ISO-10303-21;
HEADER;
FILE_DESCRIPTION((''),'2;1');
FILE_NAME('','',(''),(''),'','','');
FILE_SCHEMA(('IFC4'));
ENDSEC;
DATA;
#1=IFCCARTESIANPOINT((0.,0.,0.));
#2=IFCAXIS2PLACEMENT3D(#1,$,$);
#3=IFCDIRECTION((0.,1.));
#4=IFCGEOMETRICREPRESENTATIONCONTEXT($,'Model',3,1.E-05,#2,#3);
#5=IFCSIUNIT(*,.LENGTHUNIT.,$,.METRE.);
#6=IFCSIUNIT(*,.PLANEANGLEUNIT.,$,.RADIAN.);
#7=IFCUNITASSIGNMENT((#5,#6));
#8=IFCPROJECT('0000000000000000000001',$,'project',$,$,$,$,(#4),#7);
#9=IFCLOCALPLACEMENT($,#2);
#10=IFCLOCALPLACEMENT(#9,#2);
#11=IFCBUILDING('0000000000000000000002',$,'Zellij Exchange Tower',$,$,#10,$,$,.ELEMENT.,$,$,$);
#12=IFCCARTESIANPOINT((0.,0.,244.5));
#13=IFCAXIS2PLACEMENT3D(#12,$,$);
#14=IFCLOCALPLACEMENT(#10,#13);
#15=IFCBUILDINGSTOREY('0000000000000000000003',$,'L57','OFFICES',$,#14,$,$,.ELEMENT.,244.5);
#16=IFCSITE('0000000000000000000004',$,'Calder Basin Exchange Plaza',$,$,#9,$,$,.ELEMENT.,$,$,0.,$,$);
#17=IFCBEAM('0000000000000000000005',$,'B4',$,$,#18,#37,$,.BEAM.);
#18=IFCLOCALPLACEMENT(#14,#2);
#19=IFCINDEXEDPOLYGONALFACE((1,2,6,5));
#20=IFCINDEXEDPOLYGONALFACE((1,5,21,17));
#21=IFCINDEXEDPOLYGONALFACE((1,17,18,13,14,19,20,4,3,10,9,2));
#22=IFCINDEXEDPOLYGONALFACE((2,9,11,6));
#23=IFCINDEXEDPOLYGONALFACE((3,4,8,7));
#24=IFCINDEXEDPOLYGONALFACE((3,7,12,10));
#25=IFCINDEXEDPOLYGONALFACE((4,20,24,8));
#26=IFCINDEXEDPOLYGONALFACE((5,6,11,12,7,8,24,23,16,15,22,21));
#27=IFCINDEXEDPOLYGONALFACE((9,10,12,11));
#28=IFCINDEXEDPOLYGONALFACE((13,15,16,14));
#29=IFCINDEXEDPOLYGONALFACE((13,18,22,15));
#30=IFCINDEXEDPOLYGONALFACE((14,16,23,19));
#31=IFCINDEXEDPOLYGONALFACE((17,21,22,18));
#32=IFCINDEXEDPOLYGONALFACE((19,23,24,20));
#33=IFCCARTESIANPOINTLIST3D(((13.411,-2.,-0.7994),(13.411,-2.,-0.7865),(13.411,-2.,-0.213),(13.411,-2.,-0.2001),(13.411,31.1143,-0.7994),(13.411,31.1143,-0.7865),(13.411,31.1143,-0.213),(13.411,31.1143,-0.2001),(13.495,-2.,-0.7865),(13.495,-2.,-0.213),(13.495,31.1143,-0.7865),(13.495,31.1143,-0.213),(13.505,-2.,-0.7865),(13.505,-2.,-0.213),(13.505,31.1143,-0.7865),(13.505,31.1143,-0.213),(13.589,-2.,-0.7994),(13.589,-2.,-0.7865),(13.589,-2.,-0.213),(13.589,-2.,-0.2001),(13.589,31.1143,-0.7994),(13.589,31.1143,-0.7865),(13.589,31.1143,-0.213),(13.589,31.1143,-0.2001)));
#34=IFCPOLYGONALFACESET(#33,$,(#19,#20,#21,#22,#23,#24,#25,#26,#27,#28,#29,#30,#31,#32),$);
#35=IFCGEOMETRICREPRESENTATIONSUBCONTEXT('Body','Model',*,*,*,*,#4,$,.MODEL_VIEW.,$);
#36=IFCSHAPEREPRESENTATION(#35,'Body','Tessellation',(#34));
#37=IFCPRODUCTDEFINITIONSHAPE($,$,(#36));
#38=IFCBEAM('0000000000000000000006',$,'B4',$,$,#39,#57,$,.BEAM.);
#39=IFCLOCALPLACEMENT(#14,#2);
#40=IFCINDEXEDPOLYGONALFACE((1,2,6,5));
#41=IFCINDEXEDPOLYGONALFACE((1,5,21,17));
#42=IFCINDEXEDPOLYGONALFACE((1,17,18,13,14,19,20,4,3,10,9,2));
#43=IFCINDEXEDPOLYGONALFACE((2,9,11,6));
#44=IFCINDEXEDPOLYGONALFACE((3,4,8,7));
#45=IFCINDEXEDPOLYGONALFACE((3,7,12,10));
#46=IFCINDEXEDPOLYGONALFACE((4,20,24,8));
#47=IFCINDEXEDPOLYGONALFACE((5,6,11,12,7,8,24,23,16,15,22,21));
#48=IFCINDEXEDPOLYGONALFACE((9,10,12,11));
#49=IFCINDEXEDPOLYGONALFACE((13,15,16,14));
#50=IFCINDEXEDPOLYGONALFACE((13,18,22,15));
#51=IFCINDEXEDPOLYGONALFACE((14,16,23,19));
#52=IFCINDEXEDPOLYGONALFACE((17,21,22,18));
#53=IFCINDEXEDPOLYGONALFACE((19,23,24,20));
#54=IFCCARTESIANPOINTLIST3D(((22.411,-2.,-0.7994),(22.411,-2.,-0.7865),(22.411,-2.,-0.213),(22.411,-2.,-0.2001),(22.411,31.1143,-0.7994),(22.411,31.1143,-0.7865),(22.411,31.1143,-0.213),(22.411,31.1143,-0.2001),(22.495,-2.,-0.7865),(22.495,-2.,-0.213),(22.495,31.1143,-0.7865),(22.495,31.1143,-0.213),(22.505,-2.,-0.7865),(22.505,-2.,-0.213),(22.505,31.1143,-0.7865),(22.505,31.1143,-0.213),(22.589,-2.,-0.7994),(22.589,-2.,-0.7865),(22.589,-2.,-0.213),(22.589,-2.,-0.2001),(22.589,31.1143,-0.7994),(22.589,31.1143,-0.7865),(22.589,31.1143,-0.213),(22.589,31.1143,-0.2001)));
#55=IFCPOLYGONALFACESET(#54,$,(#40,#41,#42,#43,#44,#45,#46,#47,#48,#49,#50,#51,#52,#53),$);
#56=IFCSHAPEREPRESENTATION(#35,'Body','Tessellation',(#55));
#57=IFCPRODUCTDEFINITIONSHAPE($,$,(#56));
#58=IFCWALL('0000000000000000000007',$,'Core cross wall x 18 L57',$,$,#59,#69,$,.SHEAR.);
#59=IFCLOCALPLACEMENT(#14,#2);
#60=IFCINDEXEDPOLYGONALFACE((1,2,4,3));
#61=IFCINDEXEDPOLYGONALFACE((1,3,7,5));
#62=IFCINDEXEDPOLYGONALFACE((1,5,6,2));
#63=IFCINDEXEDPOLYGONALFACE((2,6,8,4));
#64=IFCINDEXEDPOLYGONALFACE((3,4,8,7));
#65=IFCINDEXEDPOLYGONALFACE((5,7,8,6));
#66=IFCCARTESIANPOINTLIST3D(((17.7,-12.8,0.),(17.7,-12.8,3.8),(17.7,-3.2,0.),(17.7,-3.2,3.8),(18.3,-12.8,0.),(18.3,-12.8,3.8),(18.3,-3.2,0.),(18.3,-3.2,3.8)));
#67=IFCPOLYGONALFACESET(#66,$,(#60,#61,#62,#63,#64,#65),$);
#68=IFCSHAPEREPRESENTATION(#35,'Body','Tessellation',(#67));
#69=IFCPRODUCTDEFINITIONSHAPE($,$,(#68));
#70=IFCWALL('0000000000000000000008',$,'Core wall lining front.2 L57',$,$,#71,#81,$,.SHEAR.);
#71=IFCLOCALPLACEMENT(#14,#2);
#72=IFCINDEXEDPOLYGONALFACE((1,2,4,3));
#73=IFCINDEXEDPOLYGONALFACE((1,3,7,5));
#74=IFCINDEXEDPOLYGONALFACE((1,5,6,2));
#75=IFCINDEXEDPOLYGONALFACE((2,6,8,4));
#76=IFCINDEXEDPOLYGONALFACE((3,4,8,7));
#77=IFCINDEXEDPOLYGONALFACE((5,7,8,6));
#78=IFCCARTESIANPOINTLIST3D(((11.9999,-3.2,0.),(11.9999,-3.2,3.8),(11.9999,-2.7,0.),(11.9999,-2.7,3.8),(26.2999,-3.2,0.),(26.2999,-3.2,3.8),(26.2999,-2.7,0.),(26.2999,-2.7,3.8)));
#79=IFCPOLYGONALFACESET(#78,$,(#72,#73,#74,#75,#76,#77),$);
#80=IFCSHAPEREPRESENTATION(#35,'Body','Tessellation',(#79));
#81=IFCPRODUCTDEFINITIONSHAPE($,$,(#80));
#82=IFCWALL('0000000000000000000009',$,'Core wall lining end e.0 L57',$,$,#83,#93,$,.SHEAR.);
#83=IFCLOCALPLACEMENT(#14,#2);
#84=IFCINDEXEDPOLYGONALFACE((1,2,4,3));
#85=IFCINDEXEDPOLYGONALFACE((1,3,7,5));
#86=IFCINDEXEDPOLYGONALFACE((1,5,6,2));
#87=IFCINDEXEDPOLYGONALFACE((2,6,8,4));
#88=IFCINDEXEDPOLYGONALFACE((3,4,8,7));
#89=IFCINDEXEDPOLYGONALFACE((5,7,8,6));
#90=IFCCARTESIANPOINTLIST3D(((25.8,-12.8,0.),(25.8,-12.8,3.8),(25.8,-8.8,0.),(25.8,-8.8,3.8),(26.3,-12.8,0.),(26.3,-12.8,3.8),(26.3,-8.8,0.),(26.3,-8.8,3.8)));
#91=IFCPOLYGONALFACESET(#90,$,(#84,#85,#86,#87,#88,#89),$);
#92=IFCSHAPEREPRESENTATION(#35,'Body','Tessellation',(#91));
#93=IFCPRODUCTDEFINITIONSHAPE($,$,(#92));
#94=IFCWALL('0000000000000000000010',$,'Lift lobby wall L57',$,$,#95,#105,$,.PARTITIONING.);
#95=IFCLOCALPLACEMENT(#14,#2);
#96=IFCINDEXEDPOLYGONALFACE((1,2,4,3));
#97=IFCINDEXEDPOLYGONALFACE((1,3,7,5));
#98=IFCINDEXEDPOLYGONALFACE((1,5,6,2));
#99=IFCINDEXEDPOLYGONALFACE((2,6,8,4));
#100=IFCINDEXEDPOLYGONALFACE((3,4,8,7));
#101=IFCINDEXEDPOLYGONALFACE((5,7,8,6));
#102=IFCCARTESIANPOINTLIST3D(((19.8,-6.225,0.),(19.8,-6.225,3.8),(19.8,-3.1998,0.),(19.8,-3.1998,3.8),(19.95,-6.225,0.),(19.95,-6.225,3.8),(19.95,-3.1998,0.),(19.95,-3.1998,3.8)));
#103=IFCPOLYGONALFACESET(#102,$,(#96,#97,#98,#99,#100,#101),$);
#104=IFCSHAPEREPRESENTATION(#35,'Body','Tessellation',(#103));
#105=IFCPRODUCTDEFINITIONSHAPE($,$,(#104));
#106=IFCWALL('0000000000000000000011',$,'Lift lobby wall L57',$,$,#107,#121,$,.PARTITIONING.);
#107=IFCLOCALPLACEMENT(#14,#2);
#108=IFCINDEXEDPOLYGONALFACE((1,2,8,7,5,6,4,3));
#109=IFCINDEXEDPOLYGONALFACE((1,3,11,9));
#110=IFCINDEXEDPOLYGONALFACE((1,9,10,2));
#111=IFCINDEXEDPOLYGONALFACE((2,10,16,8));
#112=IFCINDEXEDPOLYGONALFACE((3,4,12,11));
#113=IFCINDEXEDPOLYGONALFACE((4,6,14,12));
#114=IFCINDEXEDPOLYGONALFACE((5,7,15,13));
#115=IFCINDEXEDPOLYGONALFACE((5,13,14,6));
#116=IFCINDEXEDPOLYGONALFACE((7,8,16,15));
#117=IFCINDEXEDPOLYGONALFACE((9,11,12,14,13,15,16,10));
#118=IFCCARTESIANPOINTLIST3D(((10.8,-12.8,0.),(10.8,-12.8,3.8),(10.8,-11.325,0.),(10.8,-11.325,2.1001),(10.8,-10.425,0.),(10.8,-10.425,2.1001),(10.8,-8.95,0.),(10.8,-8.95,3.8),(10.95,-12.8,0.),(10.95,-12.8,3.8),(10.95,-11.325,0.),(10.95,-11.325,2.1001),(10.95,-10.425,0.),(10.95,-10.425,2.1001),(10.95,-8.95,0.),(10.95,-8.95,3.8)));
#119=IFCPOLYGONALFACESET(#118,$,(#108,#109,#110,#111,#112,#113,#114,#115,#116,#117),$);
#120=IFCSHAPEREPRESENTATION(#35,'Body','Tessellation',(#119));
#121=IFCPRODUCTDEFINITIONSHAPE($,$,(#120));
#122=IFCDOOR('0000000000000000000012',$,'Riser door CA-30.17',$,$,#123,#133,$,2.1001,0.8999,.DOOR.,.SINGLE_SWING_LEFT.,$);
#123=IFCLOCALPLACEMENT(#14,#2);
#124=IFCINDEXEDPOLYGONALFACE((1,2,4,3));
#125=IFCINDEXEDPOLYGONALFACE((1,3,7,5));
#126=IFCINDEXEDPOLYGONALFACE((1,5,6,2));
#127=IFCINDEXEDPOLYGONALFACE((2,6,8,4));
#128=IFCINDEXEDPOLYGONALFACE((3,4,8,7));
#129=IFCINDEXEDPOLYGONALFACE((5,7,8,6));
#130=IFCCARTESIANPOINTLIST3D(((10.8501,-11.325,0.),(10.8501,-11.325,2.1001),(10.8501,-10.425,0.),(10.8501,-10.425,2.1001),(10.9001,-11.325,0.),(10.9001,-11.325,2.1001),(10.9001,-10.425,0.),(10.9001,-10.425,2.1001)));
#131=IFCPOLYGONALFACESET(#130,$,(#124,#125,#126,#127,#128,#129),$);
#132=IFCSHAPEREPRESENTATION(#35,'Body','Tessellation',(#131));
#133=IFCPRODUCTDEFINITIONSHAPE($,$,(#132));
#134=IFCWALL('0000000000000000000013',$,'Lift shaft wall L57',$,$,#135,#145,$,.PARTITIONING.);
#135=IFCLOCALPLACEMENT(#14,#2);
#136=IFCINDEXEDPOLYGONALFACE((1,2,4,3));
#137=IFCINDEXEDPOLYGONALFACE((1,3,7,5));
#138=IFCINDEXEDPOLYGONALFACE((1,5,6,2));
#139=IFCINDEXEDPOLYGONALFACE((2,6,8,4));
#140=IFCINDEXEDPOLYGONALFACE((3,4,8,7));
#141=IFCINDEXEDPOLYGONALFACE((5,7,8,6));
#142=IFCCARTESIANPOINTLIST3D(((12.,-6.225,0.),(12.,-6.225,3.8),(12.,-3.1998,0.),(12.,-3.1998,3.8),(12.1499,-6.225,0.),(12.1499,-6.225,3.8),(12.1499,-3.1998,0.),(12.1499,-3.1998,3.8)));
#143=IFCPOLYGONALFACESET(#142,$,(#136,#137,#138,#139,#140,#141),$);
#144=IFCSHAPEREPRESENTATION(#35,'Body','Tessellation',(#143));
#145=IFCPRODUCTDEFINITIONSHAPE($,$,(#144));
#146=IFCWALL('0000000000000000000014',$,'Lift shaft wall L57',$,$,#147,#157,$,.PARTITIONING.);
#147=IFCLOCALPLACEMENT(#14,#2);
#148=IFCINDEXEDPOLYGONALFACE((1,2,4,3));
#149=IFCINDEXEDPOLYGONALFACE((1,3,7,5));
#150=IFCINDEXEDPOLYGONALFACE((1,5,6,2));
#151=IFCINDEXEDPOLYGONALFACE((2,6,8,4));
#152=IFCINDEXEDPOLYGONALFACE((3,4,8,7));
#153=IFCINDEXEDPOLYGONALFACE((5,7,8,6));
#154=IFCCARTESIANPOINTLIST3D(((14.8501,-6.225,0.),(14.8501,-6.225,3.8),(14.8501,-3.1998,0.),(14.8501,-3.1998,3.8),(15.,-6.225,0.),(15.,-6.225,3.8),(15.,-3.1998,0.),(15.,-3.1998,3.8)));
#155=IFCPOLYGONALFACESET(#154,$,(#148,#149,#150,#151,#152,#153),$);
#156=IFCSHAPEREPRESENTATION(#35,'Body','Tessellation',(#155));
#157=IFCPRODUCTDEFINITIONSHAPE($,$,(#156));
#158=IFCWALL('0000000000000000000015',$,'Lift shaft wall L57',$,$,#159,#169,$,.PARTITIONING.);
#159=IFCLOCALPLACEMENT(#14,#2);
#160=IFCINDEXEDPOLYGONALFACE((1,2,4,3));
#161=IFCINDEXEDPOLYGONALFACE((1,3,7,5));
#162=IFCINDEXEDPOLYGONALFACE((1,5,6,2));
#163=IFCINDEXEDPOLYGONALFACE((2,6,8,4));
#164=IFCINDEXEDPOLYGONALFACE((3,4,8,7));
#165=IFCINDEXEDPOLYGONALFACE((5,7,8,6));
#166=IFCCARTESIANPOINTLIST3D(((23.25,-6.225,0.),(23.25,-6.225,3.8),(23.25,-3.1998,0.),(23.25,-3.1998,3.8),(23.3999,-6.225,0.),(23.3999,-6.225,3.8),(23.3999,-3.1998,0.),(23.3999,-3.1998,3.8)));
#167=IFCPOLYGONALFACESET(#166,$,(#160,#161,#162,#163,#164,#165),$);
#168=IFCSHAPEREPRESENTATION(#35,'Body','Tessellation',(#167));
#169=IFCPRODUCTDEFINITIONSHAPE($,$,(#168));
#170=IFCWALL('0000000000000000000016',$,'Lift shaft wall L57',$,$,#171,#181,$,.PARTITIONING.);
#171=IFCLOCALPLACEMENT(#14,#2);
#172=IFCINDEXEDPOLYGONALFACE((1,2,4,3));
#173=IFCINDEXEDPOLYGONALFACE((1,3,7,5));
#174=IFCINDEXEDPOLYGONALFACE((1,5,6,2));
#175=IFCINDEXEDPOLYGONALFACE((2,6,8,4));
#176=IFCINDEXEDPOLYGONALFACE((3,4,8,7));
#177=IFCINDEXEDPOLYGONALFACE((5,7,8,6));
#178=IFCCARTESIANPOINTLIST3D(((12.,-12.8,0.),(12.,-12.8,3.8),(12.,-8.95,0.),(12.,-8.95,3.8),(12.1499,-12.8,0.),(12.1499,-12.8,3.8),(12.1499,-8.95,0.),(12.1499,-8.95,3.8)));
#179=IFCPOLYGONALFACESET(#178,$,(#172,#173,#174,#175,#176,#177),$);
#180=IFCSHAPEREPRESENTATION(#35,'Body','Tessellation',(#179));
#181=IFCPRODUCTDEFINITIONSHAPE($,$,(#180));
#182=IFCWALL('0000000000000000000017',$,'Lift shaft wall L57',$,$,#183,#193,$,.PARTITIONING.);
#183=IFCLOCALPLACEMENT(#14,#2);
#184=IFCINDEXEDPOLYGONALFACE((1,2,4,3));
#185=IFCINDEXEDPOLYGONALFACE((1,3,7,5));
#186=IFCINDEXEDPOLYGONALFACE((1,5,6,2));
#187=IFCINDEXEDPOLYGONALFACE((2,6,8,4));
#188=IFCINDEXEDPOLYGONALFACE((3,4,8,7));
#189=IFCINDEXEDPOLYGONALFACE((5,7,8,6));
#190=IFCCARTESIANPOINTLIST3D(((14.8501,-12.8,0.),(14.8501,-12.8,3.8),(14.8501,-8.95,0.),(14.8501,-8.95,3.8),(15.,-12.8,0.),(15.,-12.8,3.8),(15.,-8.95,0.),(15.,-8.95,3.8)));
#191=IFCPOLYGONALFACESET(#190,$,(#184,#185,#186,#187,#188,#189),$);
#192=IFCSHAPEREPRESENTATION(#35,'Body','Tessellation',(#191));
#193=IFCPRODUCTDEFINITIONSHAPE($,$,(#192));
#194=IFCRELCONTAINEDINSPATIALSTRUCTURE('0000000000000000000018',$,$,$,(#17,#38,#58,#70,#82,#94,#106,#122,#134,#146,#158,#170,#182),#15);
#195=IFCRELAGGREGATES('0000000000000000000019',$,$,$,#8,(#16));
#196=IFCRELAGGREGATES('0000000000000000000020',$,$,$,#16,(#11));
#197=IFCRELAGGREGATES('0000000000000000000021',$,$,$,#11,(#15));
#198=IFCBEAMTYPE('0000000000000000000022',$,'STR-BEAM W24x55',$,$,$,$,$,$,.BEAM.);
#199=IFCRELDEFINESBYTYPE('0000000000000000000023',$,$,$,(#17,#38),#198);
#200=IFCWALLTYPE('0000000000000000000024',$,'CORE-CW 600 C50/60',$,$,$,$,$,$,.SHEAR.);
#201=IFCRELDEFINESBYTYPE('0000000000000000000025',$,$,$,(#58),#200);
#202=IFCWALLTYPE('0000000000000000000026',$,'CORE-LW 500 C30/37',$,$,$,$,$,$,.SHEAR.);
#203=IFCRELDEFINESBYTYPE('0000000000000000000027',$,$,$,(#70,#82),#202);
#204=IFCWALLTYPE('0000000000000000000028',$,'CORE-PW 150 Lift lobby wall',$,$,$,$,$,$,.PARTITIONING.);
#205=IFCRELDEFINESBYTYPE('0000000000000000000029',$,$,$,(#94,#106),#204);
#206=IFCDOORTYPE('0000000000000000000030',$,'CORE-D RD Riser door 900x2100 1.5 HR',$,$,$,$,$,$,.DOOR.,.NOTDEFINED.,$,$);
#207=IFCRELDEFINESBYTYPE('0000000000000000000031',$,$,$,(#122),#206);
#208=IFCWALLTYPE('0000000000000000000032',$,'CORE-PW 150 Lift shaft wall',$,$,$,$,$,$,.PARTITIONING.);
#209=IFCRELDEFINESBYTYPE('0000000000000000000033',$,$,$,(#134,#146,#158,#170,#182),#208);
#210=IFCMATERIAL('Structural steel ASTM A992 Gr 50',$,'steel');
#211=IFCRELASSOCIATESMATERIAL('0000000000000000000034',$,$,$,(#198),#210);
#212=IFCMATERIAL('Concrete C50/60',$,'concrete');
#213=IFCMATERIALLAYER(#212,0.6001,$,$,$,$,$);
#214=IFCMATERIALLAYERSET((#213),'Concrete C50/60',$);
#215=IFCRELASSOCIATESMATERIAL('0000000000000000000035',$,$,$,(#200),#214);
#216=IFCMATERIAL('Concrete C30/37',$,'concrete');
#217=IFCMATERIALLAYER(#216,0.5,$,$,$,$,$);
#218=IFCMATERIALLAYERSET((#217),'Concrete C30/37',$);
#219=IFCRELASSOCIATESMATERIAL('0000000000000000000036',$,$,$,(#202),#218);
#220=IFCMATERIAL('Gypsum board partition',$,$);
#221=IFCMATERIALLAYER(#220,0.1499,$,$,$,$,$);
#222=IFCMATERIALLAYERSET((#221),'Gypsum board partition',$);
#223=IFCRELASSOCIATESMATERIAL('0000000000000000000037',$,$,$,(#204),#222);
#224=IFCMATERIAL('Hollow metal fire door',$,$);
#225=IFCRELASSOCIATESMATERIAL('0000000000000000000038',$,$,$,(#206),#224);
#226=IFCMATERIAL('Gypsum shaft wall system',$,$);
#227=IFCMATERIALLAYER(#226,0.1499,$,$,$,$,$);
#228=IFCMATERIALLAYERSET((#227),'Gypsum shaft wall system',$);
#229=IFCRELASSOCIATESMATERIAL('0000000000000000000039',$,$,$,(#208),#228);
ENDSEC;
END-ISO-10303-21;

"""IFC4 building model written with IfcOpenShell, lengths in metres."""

from ifc_helpers import new_model, si_unit, direction, frame, frame_2d, origin, origin_2d, place, context, subcontext, project, spatial, rectangle, i_section, extrude, material, layer, layer_set, material_profile, profile_set, type_object, element, fill, save


model = new_model("IFC4")

# Units and contexts
model_context = context("Model", 3, precision=1e-05, world=origin(), true_north=direction((0.0, 1.0)))
body_context = subcontext(model_context, "Body", "Model", "MODEL_VIEW")
ifc_project = project(units=[si_unit("LENGTHUNIT", "METRE"), si_unit("PLANEANGLEUNIT", "RADIAN")], contexts=[model_context])

# Site, building, storey
site_placement = place(None, origin())
site = spatial("IfcSite", under=ifc_project, at=site_placement, Name="Calder Basin Exchange Plaza", CompositionType="ELEMENT", RefElevation=0.0)
building_placement = place(site_placement, origin())
building = spatial("IfcBuilding", under=site, at=building_placement, Name="Zellij Exchange Tower", CompositionType="ELEMENT")
storey_placement = place(building_placement, frame((0.0, 0.0, 244.5)))
storey = spatial("IfcBuildingStorey", under=building, at=storey_placement, Name="L57", Description="OFFICES", CompositionType="ELEMENT", Elevation=244.5)

# Beams
ifc_material_1 = material(Name="Structural steel ASTM A992 Gr 50", Category="steel")
ifc_material_profile = material_profile(ifc_material_1, i_section(OverallWidth=0.178, OverallDepth=0.5994, WebThickness=0.01, FlangeThickness=0.0129, at=origin_2d()), Name="W24x55")
ifc_profile_set = profile_set([ifc_material_profile], Name="Structural steel ASTM A992 Gr 50")
beam_type = type_object("IfcBeamType", Name="STR-BEAM W24x55", PredefinedType="BEAM", material=ifc_profile_set)
for number, where, z_axis, x_axis, name in (
    (1, (13.5, -2.0, -0.4998), (0.0, 1.0, 0.0), (-1.0, 0.0, 0.0), "B4"),
    (2, (22.5, -2.0, -0.4998), (0.0, 1.0, 0.0), (-1.0, 0.0, 0.0), "B4"),
):
    element("IfcBeam", number, at=place(storey_placement, frame(where, z_axis=z_axis, x_axis=x_axis)), inside=storey, type_object=beam_type, Name=name, PredefinedType="BEAM", context=body_context, shape_type="SweptSolid", body=[
        extrude(i_section(OverallWidth=0.178, OverallDepth=0.5994, WebThickness=0.01, FlangeThickness=0.0129, at=origin_2d()), origin(), (0.0, 0.0, 1.0), 33.1143),
    ])

# Walls
ifc_material_2 = material(Name="Concrete C50/60", Category="concrete")
ifc_layer_1 = layer(ifc_material_2, 0.6001)
ifc_layer_set_1 = layer_set([ifc_layer_1], Name="Concrete C50/60")
wall_type_1 = type_object("IfcWallType", Name="CORE-CW 600 C50/60", PredefinedType="SHEAR", material=ifc_layer_set_1)
wall_1_placement = place(storey_placement, frame((18.0, -12.8, 0.0), z_axis=(0.0, 0.0, 1.0), x_axis=(0.0, 1.0, 0.0)))
element("IfcWall", 3, at=wall_1_placement, inside=storey, type_object=wall_type_1, Name="Core cross wall x 18 L57", PredefinedType="SHEAR", context=body_context, shape_type="SweptSolid", body=[
    extrude(rectangle(XDim=9.6001, YDim=0.6001, at=frame_2d((4.8, 0.0))), origin(), (0.0, 0.0, 1.0), 3.8),
])
ifc_material_3 = material(Name="Concrete C30/37", Category="concrete")
ifc_layer_2 = layer(ifc_material_3, 0.5)
ifc_layer_set_2 = layer_set([ifc_layer_2], Name="Concrete C30/37")
wall_type_2 = type_object("IfcWallType", Name="CORE-LW 500 C30/37", PredefinedType="SHEAR", material=ifc_layer_set_2)
wall_2_placement = place(storey_placement, frame((12.0, -2.95, 0.0), z_axis=(0.0, 0.0, 1.0), x_axis=(1.0, 0.0, 0.0)))
element("IfcWall", 4, at=wall_2_placement, inside=storey, type_object=wall_type_2, Name="Core wall lining front.2 L57", PredefinedType="SHEAR", context=body_context, shape_type="SweptSolid", body=[
    extrude(rectangle(XDim=14.3, YDim=0.5, at=frame_2d((7.1499, 0.0))), origin(), (0.0, 0.0, 1.0), 3.8),
])
wall_3_placement = place(storey_placement, frame((26.05, -12.8, 0.0), z_axis=(0.0, 0.0, 1.0), x_axis=(0.0, 1.0, 0.0)))
element("IfcWall", 5, at=wall_3_placement, inside=storey, type_object=wall_type_2, Name="Core wall lining end e.0 L57", PredefinedType="SHEAR", context=body_context, shape_type="SweptSolid", body=[
    extrude(rectangle(XDim=4.0, YDim=0.5, at=frame_2d((2.0, 0.0))), origin(), (0.0, 0.0, 1.0), 3.8),
])
ifc_material_4 = material(Name="Gypsum board partition")
ifc_layer_3 = layer(ifc_material_4, 0.1499)
ifc_layer_set_3 = layer_set([ifc_layer_3], Name="Gypsum board partition")
wall_type_3 = type_object("IfcWallType", Name="CORE-PW 150 Lift lobby wall", PredefinedType="PARTITIONING", material=ifc_layer_set_3)
wall_4_placement = place(storey_placement, frame((19.875, -6.2251, 0.0), z_axis=(0.0, 0.0, 1.0), x_axis=(0.0, 1.0, 0.0)))
element("IfcWall", 6, at=wall_4_placement, inside=storey, type_object=wall_type_3, Name="Lift lobby wall L57", PredefinedType="PARTITIONING", context=body_context, shape_type="SweptSolid", body=[
    extrude(rectangle(XDim=3.0251, YDim=0.1499, at=frame_2d((1.5127, 0.0))), origin(), (0.0, 0.0, 1.0), 3.8),
])

# Wall, opening, door
wall_5_placement = place(storey_placement, frame((10.875, -12.8, 0.0), z_axis=(0.0, 0.0, 1.0), x_axis=(0.0, 1.0, 0.0)))
wall_5 = element("IfcWall", 7, at=wall_5_placement, inside=storey, type_object=wall_type_3, Name="Lift lobby wall L57", PredefinedType="PARTITIONING", context=body_context, shape_type="SweptSolid", body=[
    extrude(rectangle(XDim=3.8501, YDim=0.1499, at=frame_2d((1.925, 0.0))), origin(), (0.0, 0.0, 1.0), 3.8),
])
opening_1_placement = place(wall_5_placement, frame((1.4751, 0.0, 0.0)))
opening_1 = element("IfcOpeningElement", 8, at=opening_1_placement, cuts=wall_5, PredefinedType="OPENING", context=body_context, shape_type="SweptSolid", body=[
    extrude(rectangle(XDim=0.8999, YDim=2.1001, at=frame_2d((0.45, 1.05))), frame((0.0, 0.0869, 0.0), z_axis=(0.0, -1.0, 0.0), x_axis=(1.0, 0.0, 0.0)), (0.0, 0.0, 1.0), 0.1738),
])
ifc_material_5 = material(Name="Hollow metal fire door")
door_type_1 = type_object("IfcDoorType", Name="CORE-D RD Riser door 900x2100 1.5 HR", OperationType="NOTDEFINED", PredefinedType="DOOR", material=ifc_material_5)
door_1_placement = place(opening_1_placement, origin())
door_1 = element("IfcDoor", 9, at=door_1_placement, inside=storey, type_object=door_type_1, Name="Riser door CA-30.17", OperationType="SINGLE_SWING_LEFT", OverallHeight=2.1001, OverallWidth=0.8999, PredefinedType="DOOR", context=body_context, shape_type="SweptSolid", body=[
    extrude(rectangle(XDim=0.8999, YDim=2.1001, at=frame_2d((0.45, 1.05))), frame((0.0, 0.0249, 0.0), z_axis=(0.0, -1.0, 0.0), x_axis=(1.0, 0.0, 0.0)), (0.0, 0.0, 1.0), 0.05),
])
fill(opening_1, door_1)

# Walls
ifc_material_6 = material(Name="Gypsum shaft wall system")
ifc_layer_4 = layer(ifc_material_6, 0.1499)
ifc_layer_set_4 = layer_set([ifc_layer_4], Name="Gypsum shaft wall system")
wall_type_4 = type_object("IfcWallType", Name="CORE-PW 150 Lift shaft wall", PredefinedType="PARTITIONING", material=ifc_layer_set_4)
for number, where, z_axis, x_axis, name in (
    (10, (12.075, -6.2251, 0.0), (0.0, 0.0, 1.0), (0.0, 1.0, 0.0), "Lift shaft wall L57"),
    (11, (14.925, -6.2251, 0.0), (0.0, 0.0, 1.0), (0.0, 1.0, 0.0), "Lift shaft wall L57"),
    (12, (23.325, -6.2251, 0.0), (0.0, 0.0, 1.0), (0.0, 1.0, 0.0), "Lift shaft wall L57"),
):
    element("IfcWall", number, at=place(storey_placement, frame(where, z_axis=z_axis, x_axis=x_axis)), inside=storey, type_object=wall_type_4, Name=name, PredefinedType="PARTITIONING", context=body_context, shape_type="SweptSolid", body=[
        extrude(rectangle(XDim=3.0251, YDim=0.1499, at=frame_2d((1.5127, 0.0))), origin(), (0.0, 0.0, 1.0), 3.8),
    ])
for number, where, z_axis, x_axis, name in (
    (13, (12.075, -12.8, 0.0), (0.0, 0.0, 1.0), (0.0, 1.0, 0.0), "Lift shaft wall L57"),
    (14, (14.925, -12.8, 0.0), (0.0, 0.0, 1.0), (0.0, 1.0, 0.0), "Lift shaft wall L57"),
):
    element("IfcWall", number, at=place(storey_placement, frame(where, z_axis=z_axis, x_axis=x_axis)), inside=storey, type_object=wall_type_4, Name=name, PredefinedType="PARTITIONING", context=body_context, shape_type="SweptSolid", body=[
        extrude(rectangle(XDim=3.8501, YDim=0.1499, at=frame_2d((1.925, 0.0))), origin(), (0.0, 0.0, 1.0), 3.8),
    ])

save(model, "model.ifc")
